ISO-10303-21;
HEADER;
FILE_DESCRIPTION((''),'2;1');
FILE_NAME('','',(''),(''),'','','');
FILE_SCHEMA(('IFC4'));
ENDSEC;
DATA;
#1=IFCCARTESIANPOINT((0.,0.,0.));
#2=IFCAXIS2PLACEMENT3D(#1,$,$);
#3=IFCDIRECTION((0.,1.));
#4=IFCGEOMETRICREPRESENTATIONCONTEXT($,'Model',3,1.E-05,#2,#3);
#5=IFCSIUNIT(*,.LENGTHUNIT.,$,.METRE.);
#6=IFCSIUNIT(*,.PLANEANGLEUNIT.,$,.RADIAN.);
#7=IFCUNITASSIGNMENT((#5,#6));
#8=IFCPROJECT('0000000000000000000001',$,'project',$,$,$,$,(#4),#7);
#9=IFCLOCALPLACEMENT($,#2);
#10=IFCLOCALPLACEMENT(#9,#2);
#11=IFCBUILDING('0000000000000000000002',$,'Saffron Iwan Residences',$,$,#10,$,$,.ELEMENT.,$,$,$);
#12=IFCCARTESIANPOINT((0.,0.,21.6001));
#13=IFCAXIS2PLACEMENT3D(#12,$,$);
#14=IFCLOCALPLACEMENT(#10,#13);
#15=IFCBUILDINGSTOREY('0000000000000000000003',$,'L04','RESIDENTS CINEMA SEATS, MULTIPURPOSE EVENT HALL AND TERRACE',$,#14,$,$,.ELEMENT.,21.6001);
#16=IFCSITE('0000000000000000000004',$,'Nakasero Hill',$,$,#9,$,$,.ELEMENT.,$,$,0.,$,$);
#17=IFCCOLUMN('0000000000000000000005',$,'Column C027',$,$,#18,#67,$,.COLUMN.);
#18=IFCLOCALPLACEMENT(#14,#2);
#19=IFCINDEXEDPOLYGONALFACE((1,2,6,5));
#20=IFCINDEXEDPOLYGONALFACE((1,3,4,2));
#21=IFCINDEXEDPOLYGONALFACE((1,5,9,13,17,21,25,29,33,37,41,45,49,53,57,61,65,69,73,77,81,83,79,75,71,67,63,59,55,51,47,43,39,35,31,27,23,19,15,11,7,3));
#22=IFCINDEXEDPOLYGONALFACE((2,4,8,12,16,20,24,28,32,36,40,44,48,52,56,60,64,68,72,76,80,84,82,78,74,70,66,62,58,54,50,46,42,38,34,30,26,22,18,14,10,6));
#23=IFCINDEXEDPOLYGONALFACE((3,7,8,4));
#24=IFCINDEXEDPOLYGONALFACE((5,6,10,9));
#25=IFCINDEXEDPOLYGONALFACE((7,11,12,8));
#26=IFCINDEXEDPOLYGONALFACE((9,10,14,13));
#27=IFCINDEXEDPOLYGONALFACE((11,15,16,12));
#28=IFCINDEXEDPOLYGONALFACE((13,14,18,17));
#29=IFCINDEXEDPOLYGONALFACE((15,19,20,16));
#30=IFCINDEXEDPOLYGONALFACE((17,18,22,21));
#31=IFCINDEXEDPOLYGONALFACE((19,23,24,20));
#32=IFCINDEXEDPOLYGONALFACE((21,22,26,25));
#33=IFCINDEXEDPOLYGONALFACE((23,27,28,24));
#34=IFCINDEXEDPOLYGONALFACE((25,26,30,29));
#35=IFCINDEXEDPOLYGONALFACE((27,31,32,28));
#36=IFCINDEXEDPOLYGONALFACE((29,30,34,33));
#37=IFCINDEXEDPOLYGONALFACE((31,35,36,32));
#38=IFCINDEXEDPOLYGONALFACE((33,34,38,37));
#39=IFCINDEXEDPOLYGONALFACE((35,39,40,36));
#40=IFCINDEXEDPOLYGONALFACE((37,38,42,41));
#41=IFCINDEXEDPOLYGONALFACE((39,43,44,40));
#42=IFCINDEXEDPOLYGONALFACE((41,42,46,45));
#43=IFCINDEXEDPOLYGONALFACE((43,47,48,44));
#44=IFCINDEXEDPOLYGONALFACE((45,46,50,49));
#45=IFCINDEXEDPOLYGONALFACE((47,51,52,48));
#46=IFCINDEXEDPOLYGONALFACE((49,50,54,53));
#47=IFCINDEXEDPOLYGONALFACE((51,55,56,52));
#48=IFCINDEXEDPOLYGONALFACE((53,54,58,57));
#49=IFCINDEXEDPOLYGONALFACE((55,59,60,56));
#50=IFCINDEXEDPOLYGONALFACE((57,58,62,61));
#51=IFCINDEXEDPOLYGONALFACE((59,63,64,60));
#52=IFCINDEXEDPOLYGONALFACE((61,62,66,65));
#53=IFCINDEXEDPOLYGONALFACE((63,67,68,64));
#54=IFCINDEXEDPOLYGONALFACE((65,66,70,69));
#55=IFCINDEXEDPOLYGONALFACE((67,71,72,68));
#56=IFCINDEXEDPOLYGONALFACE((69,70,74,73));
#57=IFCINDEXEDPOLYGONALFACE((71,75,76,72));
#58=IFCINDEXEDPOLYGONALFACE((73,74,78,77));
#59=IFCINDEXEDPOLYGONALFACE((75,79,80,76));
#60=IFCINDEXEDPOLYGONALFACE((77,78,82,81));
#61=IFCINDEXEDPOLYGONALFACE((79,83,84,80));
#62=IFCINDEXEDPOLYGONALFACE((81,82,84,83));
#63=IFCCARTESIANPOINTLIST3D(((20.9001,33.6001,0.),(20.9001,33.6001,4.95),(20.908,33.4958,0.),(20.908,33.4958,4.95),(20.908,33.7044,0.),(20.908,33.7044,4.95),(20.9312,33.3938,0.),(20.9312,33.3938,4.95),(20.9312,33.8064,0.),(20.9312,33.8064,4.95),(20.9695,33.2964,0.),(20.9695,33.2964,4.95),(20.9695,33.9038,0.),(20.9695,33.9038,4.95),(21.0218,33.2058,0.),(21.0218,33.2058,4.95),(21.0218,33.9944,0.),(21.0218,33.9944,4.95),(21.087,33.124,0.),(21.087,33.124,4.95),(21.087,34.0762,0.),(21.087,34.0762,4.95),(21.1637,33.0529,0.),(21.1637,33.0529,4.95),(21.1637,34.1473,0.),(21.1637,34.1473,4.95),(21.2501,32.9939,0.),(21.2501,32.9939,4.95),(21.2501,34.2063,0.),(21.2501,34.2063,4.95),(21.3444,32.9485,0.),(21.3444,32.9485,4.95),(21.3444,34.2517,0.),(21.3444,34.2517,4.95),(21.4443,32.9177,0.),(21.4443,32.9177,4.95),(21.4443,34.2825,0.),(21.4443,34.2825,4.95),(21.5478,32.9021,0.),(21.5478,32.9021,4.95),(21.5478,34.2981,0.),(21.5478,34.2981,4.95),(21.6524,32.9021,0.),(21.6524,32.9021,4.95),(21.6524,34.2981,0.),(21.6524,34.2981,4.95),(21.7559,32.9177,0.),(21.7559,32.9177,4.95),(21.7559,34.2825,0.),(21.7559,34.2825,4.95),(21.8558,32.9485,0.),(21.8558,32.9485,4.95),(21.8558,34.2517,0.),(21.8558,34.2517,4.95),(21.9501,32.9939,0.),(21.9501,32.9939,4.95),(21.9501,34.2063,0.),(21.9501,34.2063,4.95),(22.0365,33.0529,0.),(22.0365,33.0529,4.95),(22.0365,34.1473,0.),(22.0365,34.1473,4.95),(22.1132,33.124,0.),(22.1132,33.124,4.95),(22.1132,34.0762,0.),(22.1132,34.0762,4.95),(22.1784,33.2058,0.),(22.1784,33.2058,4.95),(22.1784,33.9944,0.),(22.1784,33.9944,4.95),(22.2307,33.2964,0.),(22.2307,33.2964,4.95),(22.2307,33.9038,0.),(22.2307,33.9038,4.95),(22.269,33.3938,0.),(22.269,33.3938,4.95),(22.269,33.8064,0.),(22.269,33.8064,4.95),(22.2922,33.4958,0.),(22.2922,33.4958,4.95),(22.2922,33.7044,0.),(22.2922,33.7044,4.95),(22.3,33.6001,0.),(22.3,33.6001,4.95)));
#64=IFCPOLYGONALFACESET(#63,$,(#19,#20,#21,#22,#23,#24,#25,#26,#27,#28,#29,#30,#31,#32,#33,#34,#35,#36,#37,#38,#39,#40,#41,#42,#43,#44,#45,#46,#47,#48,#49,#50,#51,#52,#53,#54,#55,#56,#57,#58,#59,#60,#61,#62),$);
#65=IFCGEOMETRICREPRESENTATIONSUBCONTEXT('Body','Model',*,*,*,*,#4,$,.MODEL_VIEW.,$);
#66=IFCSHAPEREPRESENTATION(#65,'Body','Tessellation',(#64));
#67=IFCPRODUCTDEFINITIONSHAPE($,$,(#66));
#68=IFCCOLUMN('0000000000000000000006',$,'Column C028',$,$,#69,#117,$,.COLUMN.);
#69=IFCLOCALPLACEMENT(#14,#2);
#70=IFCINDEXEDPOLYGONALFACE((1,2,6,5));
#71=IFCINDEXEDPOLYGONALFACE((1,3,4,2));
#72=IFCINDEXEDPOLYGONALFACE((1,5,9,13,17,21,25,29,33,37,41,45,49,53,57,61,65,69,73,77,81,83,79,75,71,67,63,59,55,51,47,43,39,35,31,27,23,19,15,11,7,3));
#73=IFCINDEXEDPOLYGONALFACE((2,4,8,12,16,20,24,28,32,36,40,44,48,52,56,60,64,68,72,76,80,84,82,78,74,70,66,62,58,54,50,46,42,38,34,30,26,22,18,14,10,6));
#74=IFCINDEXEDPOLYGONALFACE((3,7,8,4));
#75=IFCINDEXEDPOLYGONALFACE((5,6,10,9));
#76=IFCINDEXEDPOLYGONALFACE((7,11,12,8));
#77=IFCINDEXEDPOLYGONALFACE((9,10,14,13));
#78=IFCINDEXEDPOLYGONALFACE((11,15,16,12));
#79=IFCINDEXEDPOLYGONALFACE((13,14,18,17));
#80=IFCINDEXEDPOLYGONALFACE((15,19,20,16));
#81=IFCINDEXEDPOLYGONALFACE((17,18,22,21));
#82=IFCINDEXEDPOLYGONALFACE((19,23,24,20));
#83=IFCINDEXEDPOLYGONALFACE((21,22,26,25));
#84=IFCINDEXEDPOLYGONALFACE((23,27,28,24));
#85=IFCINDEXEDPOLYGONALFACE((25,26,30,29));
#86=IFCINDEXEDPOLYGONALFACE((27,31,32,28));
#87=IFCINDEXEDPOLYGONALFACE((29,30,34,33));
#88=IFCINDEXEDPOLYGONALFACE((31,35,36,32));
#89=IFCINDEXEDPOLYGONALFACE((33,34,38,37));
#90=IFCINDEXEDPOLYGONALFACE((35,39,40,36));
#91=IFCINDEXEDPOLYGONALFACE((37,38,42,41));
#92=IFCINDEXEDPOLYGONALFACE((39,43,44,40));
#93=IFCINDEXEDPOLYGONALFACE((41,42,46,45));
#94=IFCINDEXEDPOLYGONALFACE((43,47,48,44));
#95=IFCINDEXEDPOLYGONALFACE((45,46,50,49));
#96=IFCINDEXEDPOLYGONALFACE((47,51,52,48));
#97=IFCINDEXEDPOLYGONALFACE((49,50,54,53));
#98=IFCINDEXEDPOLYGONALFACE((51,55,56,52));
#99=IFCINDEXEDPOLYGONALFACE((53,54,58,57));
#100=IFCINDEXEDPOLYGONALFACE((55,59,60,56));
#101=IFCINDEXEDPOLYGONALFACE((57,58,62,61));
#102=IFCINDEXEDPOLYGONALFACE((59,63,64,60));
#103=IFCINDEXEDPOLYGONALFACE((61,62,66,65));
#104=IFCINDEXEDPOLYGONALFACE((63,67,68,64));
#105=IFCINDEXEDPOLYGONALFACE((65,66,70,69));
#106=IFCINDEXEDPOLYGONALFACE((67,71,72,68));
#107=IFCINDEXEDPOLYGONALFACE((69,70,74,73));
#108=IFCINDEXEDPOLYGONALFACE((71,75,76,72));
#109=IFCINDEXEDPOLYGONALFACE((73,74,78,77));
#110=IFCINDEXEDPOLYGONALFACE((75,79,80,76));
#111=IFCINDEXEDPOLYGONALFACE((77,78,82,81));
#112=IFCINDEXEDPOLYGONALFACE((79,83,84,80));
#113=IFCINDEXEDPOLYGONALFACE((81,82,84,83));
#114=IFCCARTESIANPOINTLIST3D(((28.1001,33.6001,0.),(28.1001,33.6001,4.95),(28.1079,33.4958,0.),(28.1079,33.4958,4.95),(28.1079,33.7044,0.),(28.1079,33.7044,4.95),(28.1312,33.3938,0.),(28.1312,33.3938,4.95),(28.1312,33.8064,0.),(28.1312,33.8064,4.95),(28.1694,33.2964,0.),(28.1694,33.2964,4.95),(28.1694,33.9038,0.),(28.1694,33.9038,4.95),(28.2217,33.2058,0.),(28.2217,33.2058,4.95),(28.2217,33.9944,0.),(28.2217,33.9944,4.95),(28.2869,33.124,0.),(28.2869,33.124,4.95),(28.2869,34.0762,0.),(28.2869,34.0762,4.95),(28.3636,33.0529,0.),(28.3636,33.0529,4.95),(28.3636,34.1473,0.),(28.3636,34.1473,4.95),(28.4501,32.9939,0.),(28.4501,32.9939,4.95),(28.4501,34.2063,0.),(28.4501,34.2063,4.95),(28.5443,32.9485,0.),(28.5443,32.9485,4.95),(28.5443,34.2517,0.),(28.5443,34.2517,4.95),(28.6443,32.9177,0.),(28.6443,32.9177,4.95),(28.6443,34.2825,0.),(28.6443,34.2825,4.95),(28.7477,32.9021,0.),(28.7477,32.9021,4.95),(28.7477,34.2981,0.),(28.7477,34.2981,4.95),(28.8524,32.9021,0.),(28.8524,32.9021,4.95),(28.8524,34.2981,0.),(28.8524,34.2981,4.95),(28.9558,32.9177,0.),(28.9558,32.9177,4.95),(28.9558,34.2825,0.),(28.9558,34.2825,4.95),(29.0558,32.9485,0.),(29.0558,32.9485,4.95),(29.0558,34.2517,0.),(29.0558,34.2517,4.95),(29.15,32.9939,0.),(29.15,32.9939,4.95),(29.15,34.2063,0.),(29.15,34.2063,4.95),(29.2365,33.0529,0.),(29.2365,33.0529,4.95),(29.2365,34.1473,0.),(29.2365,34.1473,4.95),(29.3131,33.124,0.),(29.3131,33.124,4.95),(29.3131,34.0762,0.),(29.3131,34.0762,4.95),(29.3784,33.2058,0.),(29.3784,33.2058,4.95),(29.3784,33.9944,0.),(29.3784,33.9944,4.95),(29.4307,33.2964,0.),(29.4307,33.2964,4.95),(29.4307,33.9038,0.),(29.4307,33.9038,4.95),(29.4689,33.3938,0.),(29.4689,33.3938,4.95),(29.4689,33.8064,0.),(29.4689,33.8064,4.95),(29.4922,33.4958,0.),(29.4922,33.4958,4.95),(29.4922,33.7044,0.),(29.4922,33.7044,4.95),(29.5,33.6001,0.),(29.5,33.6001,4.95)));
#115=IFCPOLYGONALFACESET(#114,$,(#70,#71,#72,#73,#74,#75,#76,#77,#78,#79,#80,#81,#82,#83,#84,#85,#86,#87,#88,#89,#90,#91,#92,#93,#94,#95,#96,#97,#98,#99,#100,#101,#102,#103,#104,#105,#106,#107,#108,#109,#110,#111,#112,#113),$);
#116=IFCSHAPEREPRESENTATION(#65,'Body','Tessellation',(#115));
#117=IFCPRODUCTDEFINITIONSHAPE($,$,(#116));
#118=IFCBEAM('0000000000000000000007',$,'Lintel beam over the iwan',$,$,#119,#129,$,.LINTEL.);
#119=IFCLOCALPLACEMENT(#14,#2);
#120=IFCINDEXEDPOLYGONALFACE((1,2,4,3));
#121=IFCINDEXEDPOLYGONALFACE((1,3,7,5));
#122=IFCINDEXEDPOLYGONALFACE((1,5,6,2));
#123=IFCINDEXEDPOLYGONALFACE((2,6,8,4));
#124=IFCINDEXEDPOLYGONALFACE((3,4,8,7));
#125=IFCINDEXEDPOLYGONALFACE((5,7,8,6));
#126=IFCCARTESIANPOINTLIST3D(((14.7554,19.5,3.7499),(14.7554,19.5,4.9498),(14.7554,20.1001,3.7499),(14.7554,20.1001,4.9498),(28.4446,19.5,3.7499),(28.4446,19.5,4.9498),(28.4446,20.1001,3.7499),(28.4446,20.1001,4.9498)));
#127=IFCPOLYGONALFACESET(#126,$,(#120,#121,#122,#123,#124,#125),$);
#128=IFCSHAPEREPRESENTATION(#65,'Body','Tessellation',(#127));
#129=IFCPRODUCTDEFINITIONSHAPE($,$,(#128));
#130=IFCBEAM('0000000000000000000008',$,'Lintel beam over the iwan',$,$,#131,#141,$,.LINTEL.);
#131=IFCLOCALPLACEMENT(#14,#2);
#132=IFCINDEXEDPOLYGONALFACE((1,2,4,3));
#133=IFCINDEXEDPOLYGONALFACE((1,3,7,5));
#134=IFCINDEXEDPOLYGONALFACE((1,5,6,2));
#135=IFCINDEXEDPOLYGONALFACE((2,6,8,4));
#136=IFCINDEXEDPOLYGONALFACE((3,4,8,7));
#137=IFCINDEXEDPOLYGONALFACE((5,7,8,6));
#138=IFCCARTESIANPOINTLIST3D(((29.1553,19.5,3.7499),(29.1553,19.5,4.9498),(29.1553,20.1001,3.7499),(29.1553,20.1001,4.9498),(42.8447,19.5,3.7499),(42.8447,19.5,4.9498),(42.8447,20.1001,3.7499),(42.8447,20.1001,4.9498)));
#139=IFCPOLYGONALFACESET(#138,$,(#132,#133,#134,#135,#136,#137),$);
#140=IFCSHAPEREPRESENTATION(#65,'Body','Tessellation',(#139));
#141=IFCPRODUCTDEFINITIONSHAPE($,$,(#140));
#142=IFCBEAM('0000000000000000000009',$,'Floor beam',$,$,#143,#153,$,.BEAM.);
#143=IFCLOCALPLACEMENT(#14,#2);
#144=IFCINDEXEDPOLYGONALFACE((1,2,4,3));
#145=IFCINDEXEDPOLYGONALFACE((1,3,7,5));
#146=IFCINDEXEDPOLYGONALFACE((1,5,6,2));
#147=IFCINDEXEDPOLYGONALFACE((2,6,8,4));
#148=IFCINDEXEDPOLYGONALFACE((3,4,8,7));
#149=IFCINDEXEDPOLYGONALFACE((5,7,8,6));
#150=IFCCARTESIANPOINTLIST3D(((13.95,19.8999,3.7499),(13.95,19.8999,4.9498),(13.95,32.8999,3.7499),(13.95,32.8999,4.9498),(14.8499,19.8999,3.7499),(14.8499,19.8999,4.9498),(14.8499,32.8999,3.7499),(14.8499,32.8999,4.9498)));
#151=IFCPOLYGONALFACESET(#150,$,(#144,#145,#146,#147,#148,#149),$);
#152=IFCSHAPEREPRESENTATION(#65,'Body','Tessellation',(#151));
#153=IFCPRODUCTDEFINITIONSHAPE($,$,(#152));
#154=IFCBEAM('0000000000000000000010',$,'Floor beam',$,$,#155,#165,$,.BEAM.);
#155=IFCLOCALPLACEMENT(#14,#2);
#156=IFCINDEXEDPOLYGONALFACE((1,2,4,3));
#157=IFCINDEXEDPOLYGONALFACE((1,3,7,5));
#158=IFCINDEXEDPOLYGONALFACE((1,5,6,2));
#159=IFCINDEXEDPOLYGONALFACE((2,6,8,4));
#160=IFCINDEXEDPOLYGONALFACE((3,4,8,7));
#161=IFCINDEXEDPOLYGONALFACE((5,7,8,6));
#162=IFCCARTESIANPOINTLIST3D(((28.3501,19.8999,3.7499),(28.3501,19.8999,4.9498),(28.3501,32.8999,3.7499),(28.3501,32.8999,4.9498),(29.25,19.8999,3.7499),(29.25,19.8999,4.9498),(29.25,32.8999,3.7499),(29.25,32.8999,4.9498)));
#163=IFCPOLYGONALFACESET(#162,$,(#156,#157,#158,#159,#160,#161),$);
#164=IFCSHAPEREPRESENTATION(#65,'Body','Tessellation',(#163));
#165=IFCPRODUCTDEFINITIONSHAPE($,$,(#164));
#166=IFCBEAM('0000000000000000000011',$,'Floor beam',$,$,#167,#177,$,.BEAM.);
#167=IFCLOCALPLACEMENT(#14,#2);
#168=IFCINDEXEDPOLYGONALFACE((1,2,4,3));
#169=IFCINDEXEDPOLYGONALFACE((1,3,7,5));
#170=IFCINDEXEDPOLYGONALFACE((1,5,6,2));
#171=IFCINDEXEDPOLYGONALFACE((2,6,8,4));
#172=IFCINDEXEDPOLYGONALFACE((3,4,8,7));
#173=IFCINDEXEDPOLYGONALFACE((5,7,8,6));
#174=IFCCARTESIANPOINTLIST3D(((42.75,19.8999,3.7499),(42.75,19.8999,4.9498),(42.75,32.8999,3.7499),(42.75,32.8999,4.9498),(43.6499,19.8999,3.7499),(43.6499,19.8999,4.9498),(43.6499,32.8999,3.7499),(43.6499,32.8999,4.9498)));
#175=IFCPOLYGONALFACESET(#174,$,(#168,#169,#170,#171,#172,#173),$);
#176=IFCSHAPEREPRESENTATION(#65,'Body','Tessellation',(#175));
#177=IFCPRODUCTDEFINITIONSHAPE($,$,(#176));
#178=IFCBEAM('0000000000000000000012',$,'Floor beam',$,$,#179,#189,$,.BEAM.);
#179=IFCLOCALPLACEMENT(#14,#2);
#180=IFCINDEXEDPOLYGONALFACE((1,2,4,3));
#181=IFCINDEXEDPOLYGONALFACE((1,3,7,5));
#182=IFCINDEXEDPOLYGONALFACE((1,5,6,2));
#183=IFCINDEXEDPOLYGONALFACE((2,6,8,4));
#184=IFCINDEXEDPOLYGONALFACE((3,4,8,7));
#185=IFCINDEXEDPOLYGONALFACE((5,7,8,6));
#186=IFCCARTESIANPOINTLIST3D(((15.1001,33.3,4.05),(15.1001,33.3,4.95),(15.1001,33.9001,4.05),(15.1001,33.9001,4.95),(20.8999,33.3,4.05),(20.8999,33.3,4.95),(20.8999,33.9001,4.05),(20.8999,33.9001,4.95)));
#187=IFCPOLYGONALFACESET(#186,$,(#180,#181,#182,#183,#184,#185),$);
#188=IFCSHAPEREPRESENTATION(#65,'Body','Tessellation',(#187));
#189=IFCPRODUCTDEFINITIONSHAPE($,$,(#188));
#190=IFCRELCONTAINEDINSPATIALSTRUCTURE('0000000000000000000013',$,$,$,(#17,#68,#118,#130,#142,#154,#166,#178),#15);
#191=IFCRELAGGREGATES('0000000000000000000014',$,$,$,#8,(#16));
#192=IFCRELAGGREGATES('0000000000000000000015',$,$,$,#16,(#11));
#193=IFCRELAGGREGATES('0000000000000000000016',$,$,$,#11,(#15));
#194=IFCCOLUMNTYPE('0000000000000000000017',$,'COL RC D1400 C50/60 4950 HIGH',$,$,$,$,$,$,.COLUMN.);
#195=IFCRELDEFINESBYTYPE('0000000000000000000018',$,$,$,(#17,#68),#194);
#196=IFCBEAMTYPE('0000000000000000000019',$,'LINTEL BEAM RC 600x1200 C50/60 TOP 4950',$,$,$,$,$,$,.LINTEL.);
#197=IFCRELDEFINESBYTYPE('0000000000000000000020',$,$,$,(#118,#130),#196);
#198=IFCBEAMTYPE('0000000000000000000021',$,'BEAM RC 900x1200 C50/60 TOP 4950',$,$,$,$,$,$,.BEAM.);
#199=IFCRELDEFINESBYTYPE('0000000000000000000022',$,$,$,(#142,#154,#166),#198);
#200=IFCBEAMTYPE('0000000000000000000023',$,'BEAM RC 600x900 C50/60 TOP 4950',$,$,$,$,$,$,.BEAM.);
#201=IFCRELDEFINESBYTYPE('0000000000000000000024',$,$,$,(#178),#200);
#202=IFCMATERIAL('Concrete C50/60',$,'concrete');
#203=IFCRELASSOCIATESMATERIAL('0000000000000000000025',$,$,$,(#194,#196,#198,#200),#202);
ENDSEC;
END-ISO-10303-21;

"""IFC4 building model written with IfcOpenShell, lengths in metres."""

from ifc_helpers import new_model, si_unit, direction, frame, origin, origin_2d, place, context, subcontext, project, spatial, rectangle, circle, extrude, source, transform, mapped, material, material_profile, profile_set, type_object, element, save


model = new_model("IFC4")

# Units and contexts
model_context = context("Model", 3, precision=1e-05, world=origin(), true_north=direction((0.0, 1.0)))
body_context = subcontext(model_context, "Body", "Model", "MODEL_VIEW")
ifc_project = project(units=[si_unit("LENGTHUNIT", "METRE"), si_unit("PLANEANGLEUNIT", "RADIAN")], contexts=[model_context])

# Site, building, storey
site_placement = place(None, origin())
site = spatial("IfcSite", under=ifc_project, at=site_placement, Name="Nakasero Hill", CompositionType="ELEMENT", RefElevation=0.0)
building_placement = place(site_placement, origin())
building = spatial("IfcBuilding", under=site, at=building_placement, Name="Saffron Iwan Residences", CompositionType="ELEMENT")
storey_placement = place(building_placement, frame((0.0, 0.0, 21.6001)))
storey = spatial("IfcBuildingStorey", under=building, at=storey_placement, Name="L04", Description="RESIDENTS CINEMA SEATS, MULTIPURPOSE EVENT HALL AND TERRACE", CompositionType="ELEMENT", Elevation=21.6001)

# Columns
ifc_material_1 = material(Name="Concrete C50/60", Category="concrete")
ifc_material_profile_1 = material_profile(ifc_material_1, circle(Radius=0.7, at=origin_2d()), Name="RC D1400")
ifc_profile_set_1 = profile_set([ifc_material_profile_1], Name="Concrete C50/60")
column_type = type_object("IfcColumnType", Name="COL RC D1400 C50/60 4950 HIGH", PredefinedType="COLUMN", material=ifc_profile_set_1)
shared_shape_1 = source(origin(), body_context, "Body", "SweptSolid", [
    extrude(circle(Radius=0.7, at=origin_2d()), origin(), (0.0, 0.0, 1.0), 4.95),
])
for number, where, z_axis, x_axis, name in (
    (1, (21.6001, 33.6001, 0.0), (0.0, 0.0, 1.0), (1.0, 0.0, 0.0), "Column C027"),
    (2, (28.8, 33.6001, 0.0), (0.0, 0.0, 1.0), (1.0, 0.0, 0.0), "Column C028"),
):
    element("IfcColumn", number, at=place(storey_placement, frame(where, z_axis=z_axis, x_axis=x_axis)), inside=storey, type_object=column_type, Name=name, PredefinedType="COLUMN", context=body_context, shape_type="MappedRepresentation", body=[
        mapped(shared_shape_1, transform((0.0, 0.0, 0.0))),
    ])

# Beams
ifc_material_profile_2 = material_profile(ifc_material_1, rectangle(XDim=0.6001, YDim=1.2, at=origin_2d()), Name="RC 600x1200")
ifc_profile_set_2 = profile_set([ifc_material_profile_2], Name="Concrete C50/60")
beam_type_1 = type_object("IfcBeamType", Name="LINTEL BEAM RC 600x1200 C50/60 TOP 4950", PredefinedType="LINTEL", material=ifc_profile_set_2)
shared_shape_2 = source(origin(), body_context, "Body", "SweptSolid", [
    extrude(rectangle(XDim=0.6001, YDim=1.2, at=origin_2d()), origin(), (0.0, 0.0, 1.0), 13.6892),
])
beam_1_placement = place(storey_placement, frame((28.4446, 19.8, 4.3499), z_axis=(-1.0, 0.0, 0.0), x_axis=(0.0, -1.0, 0.0)))
element("IfcBeam", 3, at=beam_1_placement, inside=storey, type_object=beam_type_1, Name="Lintel beam over the iwan", PredefinedType="LINTEL", context=body_context, shape_type="MappedRepresentation", body=[
    mapped(shared_shape_2, transform((0.0, 0.0, 0.0))),
])
shared_shape_3 = source(origin(), body_context, "Body", "SweptSolid", [
    extrude(rectangle(XDim=0.6001, YDim=1.2, at=origin_2d()), origin(), (0.0, 0.0, 1.0), 13.6895),
])
beam_2_placement = place(storey_placement, frame((42.8447, 19.8, 4.3499), z_axis=(-1.0, 0.0, 0.0), x_axis=(0.0, -1.0, 0.0)))
element("IfcBeam", 4, at=beam_2_placement, inside=storey, type_object=beam_type_1, Name="Lintel beam over the iwan", PredefinedType="LINTEL", context=body_context, shape_type="MappedRepresentation", body=[
    mapped(shared_shape_3, transform((0.0, 0.0, 0.0))),
])
ifc_material_profile_3 = material_profile(ifc_material_1, rectangle(XDim=0.8999, YDim=1.2, at=origin_2d()), Name="RC 900x1200")
ifc_profile_set_3 = profile_set([ifc_material_profile_3], Name="Concrete C50/60")
beam_type_2 = type_object("IfcBeamType", Name="BEAM RC 900x1200 C50/60 TOP 4950", PredefinedType="BEAM", material=ifc_profile_set_3)
shared_shape_4 = source(origin(), body_context, "Body", "SweptSolid", [
    extrude(rectangle(XDim=0.8999, YDim=1.2, at=origin_2d()), origin(), (0.0, 0.0, 1.0), 13.0),
])
for number, where, z_axis, x_axis, name in (
    (5, (14.3999, 19.8999, 4.3499), (0.0, 1.0, 0.0), (-1.0, 0.0, 0.0), "Floor beam"),
    (6, (28.8, 19.8999, 4.3499), (0.0, 1.0, 0.0), (-1.0, 0.0, 0.0), "Floor beam"),
    (7, (43.2, 19.8999, 4.3499), (0.0, 1.0, 0.0), (-1.0, 0.0, 0.0), "Floor beam"),
):
    element("IfcBeam", number, at=place(storey_placement, frame(where, z_axis=z_axis, x_axis=x_axis)), inside=storey, type_object=beam_type_2, Name=name, PredefinedType="BEAM", context=body_context, shape_type="MappedRepresentation", body=[
        mapped(shared_shape_4, transform((0.0, 0.0, 0.0))),
    ])
ifc_material_profile_4 = material_profile(ifc_material_1, rectangle(XDim=0.6001, YDim=0.8999, at=origin_2d()), Name="RC 600x900")
ifc_profile_set_4 = profile_set([ifc_material_profile_4], Name="Concrete C50/60")
beam_type_3 = type_object("IfcBeamType", Name="BEAM RC 600x900 C50/60 TOP 4950", PredefinedType="BEAM", material=ifc_profile_set_4)
shared_shape_5 = source(origin(), body_context, "Body", "SweptSolid", [
    extrude(rectangle(XDim=0.6001, YDim=0.8999, at=origin_2d()), origin(), (0.0, 0.0, 1.0), 5.7998),
])
beam_3_placement = place(storey_placement, frame((15.1001, 33.6001, 4.5), z_axis=(1.0, 0.0, 0.0), x_axis=(0.0, 1.0, 0.0)))
element("IfcBeam", 8, at=beam_3_placement, inside=storey, type_object=beam_type_3, Name="Floor beam", PredefinedType="BEAM", context=body_context, shape_type="MappedRepresentation", body=[
    mapped(shared_shape_5, transform((0.0, 0.0, 0.0))),
])

save(model, "model.ifc")
